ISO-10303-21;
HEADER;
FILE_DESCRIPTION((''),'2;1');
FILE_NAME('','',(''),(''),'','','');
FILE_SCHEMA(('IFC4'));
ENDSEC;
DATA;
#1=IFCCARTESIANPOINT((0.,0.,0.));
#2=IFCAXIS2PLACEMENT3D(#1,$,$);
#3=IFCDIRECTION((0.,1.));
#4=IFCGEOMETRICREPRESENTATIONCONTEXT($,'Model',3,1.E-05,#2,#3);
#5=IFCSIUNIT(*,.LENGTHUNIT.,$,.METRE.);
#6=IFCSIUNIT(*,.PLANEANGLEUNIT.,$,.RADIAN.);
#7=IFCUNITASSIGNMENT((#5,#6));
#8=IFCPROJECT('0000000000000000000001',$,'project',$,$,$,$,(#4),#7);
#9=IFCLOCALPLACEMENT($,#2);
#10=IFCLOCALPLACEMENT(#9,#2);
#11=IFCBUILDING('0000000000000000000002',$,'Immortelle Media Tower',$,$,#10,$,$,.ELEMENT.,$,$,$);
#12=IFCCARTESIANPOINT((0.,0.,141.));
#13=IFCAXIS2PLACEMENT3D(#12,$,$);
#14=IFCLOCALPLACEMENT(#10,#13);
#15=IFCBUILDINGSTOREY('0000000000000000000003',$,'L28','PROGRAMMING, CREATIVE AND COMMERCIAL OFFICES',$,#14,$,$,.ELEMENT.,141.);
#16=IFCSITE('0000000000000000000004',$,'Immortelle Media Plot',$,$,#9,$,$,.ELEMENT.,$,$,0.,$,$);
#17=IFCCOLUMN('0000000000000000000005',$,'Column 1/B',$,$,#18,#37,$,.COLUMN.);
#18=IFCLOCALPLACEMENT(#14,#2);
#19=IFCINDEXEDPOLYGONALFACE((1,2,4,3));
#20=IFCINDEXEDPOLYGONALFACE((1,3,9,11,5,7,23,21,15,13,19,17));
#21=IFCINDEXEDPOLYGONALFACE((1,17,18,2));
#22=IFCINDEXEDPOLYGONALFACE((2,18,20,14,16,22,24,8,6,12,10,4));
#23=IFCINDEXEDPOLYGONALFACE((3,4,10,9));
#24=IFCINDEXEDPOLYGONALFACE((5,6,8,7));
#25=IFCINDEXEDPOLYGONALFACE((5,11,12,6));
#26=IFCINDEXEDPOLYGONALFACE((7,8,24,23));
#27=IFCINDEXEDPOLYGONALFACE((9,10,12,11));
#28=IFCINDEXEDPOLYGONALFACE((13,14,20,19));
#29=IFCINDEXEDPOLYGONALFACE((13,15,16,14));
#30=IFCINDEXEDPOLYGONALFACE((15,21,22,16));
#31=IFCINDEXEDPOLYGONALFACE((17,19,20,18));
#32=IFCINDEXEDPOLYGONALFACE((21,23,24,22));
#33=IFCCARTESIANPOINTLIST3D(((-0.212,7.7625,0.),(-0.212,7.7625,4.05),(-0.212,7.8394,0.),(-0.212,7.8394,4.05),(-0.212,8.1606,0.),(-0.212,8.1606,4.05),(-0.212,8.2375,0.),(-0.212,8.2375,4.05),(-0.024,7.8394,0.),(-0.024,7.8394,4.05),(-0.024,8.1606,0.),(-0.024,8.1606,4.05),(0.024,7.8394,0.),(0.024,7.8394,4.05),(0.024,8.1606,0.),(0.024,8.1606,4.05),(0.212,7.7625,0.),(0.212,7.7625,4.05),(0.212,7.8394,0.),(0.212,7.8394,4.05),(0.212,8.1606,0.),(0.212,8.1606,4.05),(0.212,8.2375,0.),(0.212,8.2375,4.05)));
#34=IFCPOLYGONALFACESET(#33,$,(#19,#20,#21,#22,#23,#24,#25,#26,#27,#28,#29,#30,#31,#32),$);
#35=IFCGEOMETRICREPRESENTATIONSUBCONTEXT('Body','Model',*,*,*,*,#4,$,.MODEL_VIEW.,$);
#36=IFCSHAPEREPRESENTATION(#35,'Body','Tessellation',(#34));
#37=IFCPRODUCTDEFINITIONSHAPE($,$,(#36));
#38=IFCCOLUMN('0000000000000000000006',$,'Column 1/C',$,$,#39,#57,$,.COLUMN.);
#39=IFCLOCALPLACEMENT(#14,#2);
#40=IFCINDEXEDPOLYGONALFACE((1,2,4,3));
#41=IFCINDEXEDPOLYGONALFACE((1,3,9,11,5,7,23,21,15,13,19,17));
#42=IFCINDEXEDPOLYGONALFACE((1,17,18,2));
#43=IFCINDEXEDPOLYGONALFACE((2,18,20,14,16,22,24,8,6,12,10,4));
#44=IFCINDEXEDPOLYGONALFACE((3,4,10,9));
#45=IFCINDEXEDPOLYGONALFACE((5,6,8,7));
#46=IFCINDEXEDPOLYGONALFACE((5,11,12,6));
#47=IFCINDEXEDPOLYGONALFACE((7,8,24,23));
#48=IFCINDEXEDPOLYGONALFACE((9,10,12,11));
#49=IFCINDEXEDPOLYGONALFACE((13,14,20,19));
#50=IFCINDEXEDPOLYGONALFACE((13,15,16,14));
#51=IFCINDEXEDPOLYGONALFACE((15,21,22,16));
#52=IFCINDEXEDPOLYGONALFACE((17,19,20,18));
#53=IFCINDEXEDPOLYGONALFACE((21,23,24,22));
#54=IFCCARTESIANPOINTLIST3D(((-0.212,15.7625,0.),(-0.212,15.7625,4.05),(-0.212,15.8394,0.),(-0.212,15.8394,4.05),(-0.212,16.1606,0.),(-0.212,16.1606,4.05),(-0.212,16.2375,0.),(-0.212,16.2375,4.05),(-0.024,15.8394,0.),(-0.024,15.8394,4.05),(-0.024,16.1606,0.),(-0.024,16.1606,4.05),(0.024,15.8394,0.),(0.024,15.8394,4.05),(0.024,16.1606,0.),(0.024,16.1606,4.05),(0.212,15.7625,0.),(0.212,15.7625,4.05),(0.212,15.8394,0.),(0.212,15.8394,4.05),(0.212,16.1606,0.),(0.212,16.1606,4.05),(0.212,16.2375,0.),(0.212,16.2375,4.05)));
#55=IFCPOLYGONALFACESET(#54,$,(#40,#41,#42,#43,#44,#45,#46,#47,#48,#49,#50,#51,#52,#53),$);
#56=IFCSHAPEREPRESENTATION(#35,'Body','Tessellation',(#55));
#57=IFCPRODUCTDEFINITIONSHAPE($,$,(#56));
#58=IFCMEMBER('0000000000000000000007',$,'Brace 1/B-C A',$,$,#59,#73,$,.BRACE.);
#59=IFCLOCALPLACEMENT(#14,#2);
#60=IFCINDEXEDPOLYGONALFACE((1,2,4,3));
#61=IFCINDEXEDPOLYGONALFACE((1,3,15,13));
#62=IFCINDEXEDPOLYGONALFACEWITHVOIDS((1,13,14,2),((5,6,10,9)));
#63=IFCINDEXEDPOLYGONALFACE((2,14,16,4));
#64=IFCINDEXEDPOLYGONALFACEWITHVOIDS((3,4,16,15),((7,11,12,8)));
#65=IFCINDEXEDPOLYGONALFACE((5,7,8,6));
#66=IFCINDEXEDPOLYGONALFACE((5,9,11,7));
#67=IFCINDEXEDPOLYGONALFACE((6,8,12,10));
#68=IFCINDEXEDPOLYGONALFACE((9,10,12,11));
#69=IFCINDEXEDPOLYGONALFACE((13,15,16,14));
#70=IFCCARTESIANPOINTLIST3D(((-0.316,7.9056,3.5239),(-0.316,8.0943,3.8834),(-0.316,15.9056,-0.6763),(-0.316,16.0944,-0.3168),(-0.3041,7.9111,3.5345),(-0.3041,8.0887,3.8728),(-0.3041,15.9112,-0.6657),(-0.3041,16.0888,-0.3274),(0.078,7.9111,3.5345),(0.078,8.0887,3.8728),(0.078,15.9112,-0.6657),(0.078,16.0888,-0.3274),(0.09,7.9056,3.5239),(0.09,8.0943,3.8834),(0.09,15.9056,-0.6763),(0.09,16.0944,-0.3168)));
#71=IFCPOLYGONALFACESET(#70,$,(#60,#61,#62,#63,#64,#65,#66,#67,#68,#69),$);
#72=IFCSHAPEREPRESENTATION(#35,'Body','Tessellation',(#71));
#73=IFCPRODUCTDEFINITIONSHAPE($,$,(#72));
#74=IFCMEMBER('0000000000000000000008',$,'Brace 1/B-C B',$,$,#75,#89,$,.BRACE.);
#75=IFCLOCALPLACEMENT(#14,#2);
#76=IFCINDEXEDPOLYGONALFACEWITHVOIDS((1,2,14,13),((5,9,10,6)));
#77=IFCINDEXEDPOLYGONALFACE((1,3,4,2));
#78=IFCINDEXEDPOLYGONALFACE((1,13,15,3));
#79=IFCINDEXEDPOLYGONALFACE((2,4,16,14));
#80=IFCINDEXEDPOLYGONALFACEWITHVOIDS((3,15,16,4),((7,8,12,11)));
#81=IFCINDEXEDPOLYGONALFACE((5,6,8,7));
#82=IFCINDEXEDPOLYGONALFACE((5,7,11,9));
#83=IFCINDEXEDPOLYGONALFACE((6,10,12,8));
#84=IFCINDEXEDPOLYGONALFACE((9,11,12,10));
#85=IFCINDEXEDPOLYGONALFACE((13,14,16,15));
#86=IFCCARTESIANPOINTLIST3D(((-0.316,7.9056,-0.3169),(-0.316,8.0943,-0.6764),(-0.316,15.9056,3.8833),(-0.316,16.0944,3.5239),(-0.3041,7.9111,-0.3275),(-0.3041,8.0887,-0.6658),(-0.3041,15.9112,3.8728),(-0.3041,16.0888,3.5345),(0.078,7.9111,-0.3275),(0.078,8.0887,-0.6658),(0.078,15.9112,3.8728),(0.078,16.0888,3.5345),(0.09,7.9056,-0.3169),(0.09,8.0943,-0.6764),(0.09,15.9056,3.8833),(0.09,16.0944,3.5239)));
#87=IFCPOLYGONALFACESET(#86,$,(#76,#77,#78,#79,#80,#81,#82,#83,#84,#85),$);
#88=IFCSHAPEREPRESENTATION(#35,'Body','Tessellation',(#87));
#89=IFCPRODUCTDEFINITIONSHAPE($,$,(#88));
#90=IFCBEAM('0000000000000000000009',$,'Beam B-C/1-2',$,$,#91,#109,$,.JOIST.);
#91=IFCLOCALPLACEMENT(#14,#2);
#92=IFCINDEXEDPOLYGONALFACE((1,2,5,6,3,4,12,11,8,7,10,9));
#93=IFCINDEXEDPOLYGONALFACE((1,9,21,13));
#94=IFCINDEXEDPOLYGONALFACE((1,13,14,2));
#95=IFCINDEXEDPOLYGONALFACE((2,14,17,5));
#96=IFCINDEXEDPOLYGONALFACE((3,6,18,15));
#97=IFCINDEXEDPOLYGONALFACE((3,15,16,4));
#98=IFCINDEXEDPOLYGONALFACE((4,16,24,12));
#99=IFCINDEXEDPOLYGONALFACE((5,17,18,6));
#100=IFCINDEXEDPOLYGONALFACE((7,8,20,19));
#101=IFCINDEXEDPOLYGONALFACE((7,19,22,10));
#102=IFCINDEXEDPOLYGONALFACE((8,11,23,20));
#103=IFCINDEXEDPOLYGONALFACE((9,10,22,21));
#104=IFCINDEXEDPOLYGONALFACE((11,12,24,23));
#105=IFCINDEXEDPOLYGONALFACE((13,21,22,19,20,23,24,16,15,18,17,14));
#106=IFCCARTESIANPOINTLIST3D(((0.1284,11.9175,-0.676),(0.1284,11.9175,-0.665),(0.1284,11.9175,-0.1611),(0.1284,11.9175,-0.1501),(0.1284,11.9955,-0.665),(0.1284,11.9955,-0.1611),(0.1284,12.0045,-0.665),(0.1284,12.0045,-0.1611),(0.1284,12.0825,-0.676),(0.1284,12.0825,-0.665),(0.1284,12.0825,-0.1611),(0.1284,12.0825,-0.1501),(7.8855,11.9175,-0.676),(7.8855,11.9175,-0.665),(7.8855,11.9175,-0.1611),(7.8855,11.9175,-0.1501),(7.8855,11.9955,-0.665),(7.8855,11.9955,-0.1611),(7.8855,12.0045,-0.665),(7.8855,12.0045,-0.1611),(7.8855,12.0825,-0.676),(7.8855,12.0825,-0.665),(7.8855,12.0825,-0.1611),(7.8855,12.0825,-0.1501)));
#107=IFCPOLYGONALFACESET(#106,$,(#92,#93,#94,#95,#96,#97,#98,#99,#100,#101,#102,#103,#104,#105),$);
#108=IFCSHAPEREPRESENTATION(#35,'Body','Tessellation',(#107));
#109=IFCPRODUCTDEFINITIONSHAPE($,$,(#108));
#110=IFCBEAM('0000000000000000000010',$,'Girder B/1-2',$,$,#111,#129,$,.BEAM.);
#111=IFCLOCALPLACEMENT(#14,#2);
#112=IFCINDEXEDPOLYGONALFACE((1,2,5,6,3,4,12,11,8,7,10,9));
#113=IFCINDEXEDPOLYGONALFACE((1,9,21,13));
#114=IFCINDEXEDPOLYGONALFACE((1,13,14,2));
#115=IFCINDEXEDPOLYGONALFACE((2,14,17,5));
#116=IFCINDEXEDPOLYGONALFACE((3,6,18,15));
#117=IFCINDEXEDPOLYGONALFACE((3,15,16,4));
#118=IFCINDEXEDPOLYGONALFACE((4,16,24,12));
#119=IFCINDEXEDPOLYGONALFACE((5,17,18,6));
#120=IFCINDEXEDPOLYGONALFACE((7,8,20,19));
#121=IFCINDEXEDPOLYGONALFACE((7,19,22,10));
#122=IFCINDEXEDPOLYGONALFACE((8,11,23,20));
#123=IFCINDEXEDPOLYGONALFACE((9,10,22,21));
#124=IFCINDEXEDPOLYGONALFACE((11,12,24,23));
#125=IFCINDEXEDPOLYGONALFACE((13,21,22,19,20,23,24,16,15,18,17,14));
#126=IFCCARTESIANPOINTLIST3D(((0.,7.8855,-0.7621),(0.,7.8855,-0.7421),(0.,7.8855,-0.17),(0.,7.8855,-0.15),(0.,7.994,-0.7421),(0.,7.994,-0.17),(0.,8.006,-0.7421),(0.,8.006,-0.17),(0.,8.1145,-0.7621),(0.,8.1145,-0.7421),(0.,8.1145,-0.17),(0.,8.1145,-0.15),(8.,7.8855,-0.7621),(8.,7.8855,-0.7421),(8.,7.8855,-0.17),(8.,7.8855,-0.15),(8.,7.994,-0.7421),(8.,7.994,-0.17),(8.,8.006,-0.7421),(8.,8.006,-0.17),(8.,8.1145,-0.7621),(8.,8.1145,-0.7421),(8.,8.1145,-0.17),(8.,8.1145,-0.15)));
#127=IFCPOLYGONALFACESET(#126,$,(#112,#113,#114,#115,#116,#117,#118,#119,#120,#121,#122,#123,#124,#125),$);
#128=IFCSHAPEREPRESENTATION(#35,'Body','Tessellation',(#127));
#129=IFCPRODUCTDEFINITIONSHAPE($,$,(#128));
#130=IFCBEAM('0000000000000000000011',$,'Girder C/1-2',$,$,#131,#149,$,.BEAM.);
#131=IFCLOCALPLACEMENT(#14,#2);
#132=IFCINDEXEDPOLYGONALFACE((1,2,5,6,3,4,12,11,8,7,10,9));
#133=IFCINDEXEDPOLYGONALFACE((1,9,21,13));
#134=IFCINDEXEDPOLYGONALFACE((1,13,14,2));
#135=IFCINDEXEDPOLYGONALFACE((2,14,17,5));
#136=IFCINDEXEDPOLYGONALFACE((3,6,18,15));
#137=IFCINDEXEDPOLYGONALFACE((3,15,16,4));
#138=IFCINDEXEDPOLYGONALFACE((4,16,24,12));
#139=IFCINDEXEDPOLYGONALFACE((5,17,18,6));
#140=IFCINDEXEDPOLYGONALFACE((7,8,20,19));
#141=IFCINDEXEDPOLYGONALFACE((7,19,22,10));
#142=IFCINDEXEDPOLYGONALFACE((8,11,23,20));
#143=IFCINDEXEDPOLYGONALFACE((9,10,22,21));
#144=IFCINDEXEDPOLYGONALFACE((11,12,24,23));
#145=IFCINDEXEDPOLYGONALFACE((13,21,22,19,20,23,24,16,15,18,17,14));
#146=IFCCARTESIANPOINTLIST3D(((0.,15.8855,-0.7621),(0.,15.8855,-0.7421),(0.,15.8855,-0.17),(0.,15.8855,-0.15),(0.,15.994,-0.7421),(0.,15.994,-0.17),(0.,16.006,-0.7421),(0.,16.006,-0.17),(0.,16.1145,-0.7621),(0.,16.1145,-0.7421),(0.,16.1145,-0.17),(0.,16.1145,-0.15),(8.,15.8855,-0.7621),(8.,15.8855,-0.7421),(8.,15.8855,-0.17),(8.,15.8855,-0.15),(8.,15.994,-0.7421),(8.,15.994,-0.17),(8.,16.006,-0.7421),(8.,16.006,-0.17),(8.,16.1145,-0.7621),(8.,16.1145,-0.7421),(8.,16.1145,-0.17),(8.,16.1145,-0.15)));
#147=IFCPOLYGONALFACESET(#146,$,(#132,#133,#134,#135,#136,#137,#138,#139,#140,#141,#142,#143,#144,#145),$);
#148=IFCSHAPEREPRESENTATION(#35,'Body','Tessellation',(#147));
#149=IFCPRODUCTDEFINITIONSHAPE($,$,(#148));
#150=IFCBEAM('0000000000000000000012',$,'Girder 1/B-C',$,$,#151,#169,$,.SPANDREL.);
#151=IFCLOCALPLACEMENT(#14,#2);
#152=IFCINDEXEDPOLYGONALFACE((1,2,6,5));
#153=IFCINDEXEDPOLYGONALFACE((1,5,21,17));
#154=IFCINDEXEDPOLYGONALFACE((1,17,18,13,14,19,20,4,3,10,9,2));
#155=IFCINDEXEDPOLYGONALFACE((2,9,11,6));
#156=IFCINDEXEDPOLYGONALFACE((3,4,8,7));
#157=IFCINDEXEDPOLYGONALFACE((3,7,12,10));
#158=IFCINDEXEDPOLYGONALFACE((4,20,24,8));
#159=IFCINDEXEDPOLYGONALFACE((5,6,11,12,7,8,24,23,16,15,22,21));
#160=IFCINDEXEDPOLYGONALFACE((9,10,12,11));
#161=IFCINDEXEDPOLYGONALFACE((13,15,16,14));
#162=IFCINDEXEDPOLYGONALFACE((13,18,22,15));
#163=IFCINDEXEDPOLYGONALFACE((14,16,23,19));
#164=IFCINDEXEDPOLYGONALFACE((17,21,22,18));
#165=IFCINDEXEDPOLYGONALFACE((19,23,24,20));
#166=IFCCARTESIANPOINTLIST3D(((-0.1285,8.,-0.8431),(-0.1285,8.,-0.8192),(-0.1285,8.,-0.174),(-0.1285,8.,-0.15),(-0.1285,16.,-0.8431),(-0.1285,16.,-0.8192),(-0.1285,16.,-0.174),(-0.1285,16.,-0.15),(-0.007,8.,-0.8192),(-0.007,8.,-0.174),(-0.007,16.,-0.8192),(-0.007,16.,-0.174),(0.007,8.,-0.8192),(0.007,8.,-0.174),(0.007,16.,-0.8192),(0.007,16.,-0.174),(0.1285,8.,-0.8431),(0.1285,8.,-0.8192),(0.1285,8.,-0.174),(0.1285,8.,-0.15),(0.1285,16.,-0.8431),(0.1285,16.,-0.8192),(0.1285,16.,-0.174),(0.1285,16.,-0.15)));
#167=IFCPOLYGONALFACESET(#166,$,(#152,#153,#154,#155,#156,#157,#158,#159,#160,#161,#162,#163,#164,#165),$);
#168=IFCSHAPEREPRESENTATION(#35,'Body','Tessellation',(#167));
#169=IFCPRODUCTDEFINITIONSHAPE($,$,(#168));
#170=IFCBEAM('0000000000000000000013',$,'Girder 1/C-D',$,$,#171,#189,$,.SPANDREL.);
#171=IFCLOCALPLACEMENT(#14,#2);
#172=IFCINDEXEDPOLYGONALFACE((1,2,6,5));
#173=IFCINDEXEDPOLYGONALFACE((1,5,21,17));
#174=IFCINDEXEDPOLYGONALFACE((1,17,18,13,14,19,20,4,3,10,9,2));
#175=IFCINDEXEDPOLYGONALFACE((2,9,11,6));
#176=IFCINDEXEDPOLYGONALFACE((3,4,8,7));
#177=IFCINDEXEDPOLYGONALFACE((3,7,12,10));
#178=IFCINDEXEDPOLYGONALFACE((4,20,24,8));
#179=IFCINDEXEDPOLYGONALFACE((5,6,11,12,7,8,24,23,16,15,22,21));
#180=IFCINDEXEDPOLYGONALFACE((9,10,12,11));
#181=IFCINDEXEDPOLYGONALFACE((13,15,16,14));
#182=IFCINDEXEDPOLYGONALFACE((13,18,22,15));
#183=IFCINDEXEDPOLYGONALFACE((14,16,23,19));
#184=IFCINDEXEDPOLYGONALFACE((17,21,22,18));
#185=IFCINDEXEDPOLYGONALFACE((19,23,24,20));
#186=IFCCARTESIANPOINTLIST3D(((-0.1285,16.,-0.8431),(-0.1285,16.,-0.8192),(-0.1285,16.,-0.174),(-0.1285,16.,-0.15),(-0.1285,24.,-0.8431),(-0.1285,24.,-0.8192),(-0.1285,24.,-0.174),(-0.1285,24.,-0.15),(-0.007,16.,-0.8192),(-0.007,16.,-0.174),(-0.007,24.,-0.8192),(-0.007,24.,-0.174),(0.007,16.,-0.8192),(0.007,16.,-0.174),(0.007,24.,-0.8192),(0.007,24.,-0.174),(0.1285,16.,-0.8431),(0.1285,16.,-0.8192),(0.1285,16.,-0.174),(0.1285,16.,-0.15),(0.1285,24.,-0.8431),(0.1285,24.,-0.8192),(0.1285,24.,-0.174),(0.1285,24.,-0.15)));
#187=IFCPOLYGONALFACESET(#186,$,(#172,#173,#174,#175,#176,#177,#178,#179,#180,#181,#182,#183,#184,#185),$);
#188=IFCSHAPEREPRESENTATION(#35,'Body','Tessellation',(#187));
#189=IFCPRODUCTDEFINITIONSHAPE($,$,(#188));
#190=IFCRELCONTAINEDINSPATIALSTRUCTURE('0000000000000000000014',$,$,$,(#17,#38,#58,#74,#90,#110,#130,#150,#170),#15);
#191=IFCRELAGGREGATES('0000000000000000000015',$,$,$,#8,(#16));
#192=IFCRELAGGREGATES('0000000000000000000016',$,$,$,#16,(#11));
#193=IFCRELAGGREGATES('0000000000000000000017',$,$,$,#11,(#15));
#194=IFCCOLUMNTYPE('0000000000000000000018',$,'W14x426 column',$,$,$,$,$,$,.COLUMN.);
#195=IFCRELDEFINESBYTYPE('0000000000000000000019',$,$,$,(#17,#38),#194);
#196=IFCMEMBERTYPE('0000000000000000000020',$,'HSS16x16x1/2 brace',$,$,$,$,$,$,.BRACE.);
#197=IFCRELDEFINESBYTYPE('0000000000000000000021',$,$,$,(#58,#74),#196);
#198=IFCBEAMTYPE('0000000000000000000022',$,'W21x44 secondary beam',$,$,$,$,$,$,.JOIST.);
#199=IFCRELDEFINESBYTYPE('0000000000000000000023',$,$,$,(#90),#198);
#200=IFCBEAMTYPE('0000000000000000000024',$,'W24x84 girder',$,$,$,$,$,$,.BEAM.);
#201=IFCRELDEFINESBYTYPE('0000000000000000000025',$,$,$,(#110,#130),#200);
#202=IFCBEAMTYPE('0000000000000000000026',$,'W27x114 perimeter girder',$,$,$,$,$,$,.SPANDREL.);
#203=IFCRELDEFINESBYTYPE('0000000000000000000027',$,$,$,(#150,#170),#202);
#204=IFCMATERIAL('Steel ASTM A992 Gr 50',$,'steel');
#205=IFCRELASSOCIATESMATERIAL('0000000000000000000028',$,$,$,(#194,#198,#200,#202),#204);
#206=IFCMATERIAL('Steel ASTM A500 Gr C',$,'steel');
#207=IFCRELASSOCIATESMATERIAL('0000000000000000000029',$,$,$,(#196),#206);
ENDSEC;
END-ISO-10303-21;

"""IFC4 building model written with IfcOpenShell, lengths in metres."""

from ifc_helpers import new_model, si_unit, direction, frame, origin, origin_2d, place, context, subcontext, project, spatial, hollow_rectangle, i_section, extrude, material, material_profile, profile_set, type_object, element, save


model = new_model("IFC4")

# Units and contexts
model_context = context("Model", 3, precision=1e-05, world=origin(), true_north=direction((0.0, 1.0)))
body_context = subcontext(model_context, "Body", "Model", "MODEL_VIEW")
ifc_project = project(units=[si_unit("LENGTHUNIT", "METRE"), si_unit("PLANEANGLEUNIT", "RADIAN")], contexts=[model_context])

# Site, building, storey
site_placement = place(None, origin())
site = spatial("IfcSite", under=ifc_project, at=site_placement, Name="Immortelle Media Plot", CompositionType="ELEMENT", RefElevation=0.0)
building_placement = place(site_placement, origin())
building = spatial("IfcBuilding", under=site, at=building_placement, Name="Immortelle Media Tower", CompositionType="ELEMENT")
storey_placement = place(building_placement, frame((0.0, 0.0, 141.0)))
storey = spatial("IfcBuildingStorey", under=building, at=storey_placement, Name="L28", Description="PROGRAMMING, CREATIVE AND COMMERCIAL OFFICES", CompositionType="ELEMENT", Elevation=141.0)

# Columns
ifc_material_1 = material(Name="Steel ASTM A992 Gr 50", Category="steel")
ifc_material_profile_1 = material_profile(ifc_material_1, i_section(OverallWidth=0.4241, OverallDepth=0.4751, WebThickness=0.0481, FlangeThickness=0.0769, at=origin_2d()), Name="W14x426")
ifc_profile_set_1 = profile_set([ifc_material_profile_1], Name="Steel ASTM A992 Gr 50")
column_type = type_object("IfcColumnType", Name="W14x426 column", PredefinedType="COLUMN", material=ifc_profile_set_1)
for number, where, z_axis, x_axis, name in (
    (1, (0.0, 8.0, 0.0), (0.0, 0.0, 1.0), (1.0, 0.0, 0.0), "Column 1/B"),
    (2, (0.0, 16.0, 0.0), (0.0, 0.0, 1.0), (1.0, 0.0, 0.0), "Column 1/C"),
):
    element("IfcColumn", number, at=place(storey_placement, frame(where, z_axis=z_axis, x_axis=x_axis)), inside=storey, type_object=column_type, Name=name, PredefinedType="COLUMN", context=body_context, shape_type="SweptSolid", body=[
        extrude(i_section(OverallWidth=0.4241, OverallDepth=0.4751, WebThickness=0.0481, FlangeThickness=0.0769, at=origin_2d()), origin(), (0.0, 0.0, 1.0), 4.05),
    ])

# Members
ifc_material_2 = material(Name="Steel ASTM A500 Gr C", Category="steel")
ifc_material_profile_2 = material_profile(ifc_material_2, hollow_rectangle(XDim=0.406, YDim=0.406, WallThickness=0.012, at=origin_2d()), Name="HSS16x16x1/2 brace")
ifc_profile_set_2 = profile_set([ifc_material_profile_2], Name="Steel ASTM A500 Gr C")
member_type = type_object("IfcMemberType", Name="HSS16x16x1/2 brace", PredefinedType="BRACE", material=ifc_profile_set_2)
for number, where, z_axis, x_axis, name in (
    (3, (-0.113, 16.0, -0.4966), (0.0, -0.885389, 0.464851), (1.0, 0.0, 0.0), "Brace 1/B-C A"),
    (4, (-0.113, 16.0, 3.7036), (0.0, -0.885389, -0.464851), (1.0, 0.0, 0.0), "Brace 1/B-C B"),
):
    element("IfcMember", number, at=place(storey_placement, frame(where, z_axis=z_axis, x_axis=x_axis)), inside=storey, type_object=member_type, Name=name, PredefinedType="BRACE", context=body_context, shape_type="SweptSolid", body=[
        extrude(hollow_rectangle(XDim=0.406, YDim=0.406, WallThickness=0.012, at=origin_2d()), origin(), (0.0, 0.0, 1.0), 9.0356),
    ])

# Beams
ifc_material_profile_3 = material_profile(ifc_material_1, i_section(OverallWidth=0.165, OverallDepth=0.5259, WebThickness=0.009, FlangeThickness=0.011, at=origin_2d()), Name="W21x44")
ifc_profile_set_3 = profile_set([ifc_material_profile_3], Name="Steel ASTM A992 Gr 50")
beam_type_1 = type_object("IfcBeamType", Name="W21x44 secondary beam", PredefinedType="JOIST", material=ifc_profile_set_3)
beam_placement = place(storey_placement, frame((0.1284, 12.0, -0.4131), z_axis=(1.0, 0.0, 0.0), x_axis=(0.0, 1.0, 0.0)))
element("IfcBeam", 5, at=beam_placement, inside=storey, type_object=beam_type_1, Name="Beam B-C/1-2", PredefinedType="JOIST", context=body_context, shape_type="SweptSolid", body=[
    extrude(i_section(OverallWidth=0.165, OverallDepth=0.5259, WebThickness=0.009, FlangeThickness=0.011, at=origin_2d()), origin(), (0.0, 0.0, 1.0), 7.7571),
])
ifc_material_profile_4 = material_profile(ifc_material_1, i_section(OverallWidth=0.229, OverallDepth=0.6121, WebThickness=0.012, FlangeThickness=0.02, at=origin_2d()), Name="W24x84")
ifc_profile_set_4 = profile_set([ifc_material_profile_4], Name="Steel ASTM A992 Gr 50")
beam_type_2 = type_object("IfcBeamType", Name="W24x84 girder", PredefinedType="BEAM", material=ifc_profile_set_4)
for number, where, z_axis, x_axis, name in (
    (6, (0.0, 8.0, -0.4561), (1.0, 0.0, 0.0), (0.0, 1.0, 0.0), "Girder B/1-2"),
    (7, (0.0, 16.0, -0.4561), (1.0, 0.0, 0.0), (0.0, 1.0, 0.0), "Girder C/1-2"),
):
    element("IfcBeam", number, at=place(storey_placement, frame(where, z_axis=z_axis, x_axis=x_axis)), inside=storey, type_object=beam_type_2, Name=name, PredefinedType="BEAM", context=body_context, shape_type="SweptSolid", body=[
        extrude(i_section(OverallWidth=0.229, OverallDepth=0.6121, WebThickness=0.012, FlangeThickness=0.02, at=origin_2d()), origin(), (0.0, 0.0, 1.0), 8.0),
    ])
ifc_material_profile_5 = material_profile(ifc_material_1, i_section(OverallWidth=0.2571, OverallDepth=0.6931, WebThickness=0.0139, FlangeThickness=0.0239, at=origin_2d()), Name="W27x114")
ifc_profile_set_5 = profile_set([ifc_material_profile_5], Name="Steel ASTM A992 Gr 50")
beam_type_3 = type_object("IfcBeamType", Name="W27x114 perimeter girder", PredefinedType="SPANDREL", material=ifc_profile_set_5)
for number, where, z_axis, x_axis, name in (
    (8, (0.0, 8.0, -0.4966), (0.0, 1.0, 0.0), (-1.0, 0.0, 0.0), "Girder 1/B-C"),
    (9, (0.0, 16.0, -0.4966), (0.0, 1.0, 0.0), (-1.0, 0.0, 0.0), "Girder 1/C-D"),
):
    element("IfcBeam", number, at=place(storey_placement, frame(where, z_axis=z_axis, x_axis=x_axis)), inside=storey, type_object=beam_type_3, Name=name, PredefinedType="SPANDREL", context=body_context, shape_type="SweptSolid", body=[
        extrude(i_section(OverallWidth=0.2571, OverallDepth=0.6931, WebThickness=0.0139, FlangeThickness=0.0239, at=origin_2d()), origin(), (0.0, 0.0, 1.0), 8.0),
    ])

save(model, "model.ifc")
